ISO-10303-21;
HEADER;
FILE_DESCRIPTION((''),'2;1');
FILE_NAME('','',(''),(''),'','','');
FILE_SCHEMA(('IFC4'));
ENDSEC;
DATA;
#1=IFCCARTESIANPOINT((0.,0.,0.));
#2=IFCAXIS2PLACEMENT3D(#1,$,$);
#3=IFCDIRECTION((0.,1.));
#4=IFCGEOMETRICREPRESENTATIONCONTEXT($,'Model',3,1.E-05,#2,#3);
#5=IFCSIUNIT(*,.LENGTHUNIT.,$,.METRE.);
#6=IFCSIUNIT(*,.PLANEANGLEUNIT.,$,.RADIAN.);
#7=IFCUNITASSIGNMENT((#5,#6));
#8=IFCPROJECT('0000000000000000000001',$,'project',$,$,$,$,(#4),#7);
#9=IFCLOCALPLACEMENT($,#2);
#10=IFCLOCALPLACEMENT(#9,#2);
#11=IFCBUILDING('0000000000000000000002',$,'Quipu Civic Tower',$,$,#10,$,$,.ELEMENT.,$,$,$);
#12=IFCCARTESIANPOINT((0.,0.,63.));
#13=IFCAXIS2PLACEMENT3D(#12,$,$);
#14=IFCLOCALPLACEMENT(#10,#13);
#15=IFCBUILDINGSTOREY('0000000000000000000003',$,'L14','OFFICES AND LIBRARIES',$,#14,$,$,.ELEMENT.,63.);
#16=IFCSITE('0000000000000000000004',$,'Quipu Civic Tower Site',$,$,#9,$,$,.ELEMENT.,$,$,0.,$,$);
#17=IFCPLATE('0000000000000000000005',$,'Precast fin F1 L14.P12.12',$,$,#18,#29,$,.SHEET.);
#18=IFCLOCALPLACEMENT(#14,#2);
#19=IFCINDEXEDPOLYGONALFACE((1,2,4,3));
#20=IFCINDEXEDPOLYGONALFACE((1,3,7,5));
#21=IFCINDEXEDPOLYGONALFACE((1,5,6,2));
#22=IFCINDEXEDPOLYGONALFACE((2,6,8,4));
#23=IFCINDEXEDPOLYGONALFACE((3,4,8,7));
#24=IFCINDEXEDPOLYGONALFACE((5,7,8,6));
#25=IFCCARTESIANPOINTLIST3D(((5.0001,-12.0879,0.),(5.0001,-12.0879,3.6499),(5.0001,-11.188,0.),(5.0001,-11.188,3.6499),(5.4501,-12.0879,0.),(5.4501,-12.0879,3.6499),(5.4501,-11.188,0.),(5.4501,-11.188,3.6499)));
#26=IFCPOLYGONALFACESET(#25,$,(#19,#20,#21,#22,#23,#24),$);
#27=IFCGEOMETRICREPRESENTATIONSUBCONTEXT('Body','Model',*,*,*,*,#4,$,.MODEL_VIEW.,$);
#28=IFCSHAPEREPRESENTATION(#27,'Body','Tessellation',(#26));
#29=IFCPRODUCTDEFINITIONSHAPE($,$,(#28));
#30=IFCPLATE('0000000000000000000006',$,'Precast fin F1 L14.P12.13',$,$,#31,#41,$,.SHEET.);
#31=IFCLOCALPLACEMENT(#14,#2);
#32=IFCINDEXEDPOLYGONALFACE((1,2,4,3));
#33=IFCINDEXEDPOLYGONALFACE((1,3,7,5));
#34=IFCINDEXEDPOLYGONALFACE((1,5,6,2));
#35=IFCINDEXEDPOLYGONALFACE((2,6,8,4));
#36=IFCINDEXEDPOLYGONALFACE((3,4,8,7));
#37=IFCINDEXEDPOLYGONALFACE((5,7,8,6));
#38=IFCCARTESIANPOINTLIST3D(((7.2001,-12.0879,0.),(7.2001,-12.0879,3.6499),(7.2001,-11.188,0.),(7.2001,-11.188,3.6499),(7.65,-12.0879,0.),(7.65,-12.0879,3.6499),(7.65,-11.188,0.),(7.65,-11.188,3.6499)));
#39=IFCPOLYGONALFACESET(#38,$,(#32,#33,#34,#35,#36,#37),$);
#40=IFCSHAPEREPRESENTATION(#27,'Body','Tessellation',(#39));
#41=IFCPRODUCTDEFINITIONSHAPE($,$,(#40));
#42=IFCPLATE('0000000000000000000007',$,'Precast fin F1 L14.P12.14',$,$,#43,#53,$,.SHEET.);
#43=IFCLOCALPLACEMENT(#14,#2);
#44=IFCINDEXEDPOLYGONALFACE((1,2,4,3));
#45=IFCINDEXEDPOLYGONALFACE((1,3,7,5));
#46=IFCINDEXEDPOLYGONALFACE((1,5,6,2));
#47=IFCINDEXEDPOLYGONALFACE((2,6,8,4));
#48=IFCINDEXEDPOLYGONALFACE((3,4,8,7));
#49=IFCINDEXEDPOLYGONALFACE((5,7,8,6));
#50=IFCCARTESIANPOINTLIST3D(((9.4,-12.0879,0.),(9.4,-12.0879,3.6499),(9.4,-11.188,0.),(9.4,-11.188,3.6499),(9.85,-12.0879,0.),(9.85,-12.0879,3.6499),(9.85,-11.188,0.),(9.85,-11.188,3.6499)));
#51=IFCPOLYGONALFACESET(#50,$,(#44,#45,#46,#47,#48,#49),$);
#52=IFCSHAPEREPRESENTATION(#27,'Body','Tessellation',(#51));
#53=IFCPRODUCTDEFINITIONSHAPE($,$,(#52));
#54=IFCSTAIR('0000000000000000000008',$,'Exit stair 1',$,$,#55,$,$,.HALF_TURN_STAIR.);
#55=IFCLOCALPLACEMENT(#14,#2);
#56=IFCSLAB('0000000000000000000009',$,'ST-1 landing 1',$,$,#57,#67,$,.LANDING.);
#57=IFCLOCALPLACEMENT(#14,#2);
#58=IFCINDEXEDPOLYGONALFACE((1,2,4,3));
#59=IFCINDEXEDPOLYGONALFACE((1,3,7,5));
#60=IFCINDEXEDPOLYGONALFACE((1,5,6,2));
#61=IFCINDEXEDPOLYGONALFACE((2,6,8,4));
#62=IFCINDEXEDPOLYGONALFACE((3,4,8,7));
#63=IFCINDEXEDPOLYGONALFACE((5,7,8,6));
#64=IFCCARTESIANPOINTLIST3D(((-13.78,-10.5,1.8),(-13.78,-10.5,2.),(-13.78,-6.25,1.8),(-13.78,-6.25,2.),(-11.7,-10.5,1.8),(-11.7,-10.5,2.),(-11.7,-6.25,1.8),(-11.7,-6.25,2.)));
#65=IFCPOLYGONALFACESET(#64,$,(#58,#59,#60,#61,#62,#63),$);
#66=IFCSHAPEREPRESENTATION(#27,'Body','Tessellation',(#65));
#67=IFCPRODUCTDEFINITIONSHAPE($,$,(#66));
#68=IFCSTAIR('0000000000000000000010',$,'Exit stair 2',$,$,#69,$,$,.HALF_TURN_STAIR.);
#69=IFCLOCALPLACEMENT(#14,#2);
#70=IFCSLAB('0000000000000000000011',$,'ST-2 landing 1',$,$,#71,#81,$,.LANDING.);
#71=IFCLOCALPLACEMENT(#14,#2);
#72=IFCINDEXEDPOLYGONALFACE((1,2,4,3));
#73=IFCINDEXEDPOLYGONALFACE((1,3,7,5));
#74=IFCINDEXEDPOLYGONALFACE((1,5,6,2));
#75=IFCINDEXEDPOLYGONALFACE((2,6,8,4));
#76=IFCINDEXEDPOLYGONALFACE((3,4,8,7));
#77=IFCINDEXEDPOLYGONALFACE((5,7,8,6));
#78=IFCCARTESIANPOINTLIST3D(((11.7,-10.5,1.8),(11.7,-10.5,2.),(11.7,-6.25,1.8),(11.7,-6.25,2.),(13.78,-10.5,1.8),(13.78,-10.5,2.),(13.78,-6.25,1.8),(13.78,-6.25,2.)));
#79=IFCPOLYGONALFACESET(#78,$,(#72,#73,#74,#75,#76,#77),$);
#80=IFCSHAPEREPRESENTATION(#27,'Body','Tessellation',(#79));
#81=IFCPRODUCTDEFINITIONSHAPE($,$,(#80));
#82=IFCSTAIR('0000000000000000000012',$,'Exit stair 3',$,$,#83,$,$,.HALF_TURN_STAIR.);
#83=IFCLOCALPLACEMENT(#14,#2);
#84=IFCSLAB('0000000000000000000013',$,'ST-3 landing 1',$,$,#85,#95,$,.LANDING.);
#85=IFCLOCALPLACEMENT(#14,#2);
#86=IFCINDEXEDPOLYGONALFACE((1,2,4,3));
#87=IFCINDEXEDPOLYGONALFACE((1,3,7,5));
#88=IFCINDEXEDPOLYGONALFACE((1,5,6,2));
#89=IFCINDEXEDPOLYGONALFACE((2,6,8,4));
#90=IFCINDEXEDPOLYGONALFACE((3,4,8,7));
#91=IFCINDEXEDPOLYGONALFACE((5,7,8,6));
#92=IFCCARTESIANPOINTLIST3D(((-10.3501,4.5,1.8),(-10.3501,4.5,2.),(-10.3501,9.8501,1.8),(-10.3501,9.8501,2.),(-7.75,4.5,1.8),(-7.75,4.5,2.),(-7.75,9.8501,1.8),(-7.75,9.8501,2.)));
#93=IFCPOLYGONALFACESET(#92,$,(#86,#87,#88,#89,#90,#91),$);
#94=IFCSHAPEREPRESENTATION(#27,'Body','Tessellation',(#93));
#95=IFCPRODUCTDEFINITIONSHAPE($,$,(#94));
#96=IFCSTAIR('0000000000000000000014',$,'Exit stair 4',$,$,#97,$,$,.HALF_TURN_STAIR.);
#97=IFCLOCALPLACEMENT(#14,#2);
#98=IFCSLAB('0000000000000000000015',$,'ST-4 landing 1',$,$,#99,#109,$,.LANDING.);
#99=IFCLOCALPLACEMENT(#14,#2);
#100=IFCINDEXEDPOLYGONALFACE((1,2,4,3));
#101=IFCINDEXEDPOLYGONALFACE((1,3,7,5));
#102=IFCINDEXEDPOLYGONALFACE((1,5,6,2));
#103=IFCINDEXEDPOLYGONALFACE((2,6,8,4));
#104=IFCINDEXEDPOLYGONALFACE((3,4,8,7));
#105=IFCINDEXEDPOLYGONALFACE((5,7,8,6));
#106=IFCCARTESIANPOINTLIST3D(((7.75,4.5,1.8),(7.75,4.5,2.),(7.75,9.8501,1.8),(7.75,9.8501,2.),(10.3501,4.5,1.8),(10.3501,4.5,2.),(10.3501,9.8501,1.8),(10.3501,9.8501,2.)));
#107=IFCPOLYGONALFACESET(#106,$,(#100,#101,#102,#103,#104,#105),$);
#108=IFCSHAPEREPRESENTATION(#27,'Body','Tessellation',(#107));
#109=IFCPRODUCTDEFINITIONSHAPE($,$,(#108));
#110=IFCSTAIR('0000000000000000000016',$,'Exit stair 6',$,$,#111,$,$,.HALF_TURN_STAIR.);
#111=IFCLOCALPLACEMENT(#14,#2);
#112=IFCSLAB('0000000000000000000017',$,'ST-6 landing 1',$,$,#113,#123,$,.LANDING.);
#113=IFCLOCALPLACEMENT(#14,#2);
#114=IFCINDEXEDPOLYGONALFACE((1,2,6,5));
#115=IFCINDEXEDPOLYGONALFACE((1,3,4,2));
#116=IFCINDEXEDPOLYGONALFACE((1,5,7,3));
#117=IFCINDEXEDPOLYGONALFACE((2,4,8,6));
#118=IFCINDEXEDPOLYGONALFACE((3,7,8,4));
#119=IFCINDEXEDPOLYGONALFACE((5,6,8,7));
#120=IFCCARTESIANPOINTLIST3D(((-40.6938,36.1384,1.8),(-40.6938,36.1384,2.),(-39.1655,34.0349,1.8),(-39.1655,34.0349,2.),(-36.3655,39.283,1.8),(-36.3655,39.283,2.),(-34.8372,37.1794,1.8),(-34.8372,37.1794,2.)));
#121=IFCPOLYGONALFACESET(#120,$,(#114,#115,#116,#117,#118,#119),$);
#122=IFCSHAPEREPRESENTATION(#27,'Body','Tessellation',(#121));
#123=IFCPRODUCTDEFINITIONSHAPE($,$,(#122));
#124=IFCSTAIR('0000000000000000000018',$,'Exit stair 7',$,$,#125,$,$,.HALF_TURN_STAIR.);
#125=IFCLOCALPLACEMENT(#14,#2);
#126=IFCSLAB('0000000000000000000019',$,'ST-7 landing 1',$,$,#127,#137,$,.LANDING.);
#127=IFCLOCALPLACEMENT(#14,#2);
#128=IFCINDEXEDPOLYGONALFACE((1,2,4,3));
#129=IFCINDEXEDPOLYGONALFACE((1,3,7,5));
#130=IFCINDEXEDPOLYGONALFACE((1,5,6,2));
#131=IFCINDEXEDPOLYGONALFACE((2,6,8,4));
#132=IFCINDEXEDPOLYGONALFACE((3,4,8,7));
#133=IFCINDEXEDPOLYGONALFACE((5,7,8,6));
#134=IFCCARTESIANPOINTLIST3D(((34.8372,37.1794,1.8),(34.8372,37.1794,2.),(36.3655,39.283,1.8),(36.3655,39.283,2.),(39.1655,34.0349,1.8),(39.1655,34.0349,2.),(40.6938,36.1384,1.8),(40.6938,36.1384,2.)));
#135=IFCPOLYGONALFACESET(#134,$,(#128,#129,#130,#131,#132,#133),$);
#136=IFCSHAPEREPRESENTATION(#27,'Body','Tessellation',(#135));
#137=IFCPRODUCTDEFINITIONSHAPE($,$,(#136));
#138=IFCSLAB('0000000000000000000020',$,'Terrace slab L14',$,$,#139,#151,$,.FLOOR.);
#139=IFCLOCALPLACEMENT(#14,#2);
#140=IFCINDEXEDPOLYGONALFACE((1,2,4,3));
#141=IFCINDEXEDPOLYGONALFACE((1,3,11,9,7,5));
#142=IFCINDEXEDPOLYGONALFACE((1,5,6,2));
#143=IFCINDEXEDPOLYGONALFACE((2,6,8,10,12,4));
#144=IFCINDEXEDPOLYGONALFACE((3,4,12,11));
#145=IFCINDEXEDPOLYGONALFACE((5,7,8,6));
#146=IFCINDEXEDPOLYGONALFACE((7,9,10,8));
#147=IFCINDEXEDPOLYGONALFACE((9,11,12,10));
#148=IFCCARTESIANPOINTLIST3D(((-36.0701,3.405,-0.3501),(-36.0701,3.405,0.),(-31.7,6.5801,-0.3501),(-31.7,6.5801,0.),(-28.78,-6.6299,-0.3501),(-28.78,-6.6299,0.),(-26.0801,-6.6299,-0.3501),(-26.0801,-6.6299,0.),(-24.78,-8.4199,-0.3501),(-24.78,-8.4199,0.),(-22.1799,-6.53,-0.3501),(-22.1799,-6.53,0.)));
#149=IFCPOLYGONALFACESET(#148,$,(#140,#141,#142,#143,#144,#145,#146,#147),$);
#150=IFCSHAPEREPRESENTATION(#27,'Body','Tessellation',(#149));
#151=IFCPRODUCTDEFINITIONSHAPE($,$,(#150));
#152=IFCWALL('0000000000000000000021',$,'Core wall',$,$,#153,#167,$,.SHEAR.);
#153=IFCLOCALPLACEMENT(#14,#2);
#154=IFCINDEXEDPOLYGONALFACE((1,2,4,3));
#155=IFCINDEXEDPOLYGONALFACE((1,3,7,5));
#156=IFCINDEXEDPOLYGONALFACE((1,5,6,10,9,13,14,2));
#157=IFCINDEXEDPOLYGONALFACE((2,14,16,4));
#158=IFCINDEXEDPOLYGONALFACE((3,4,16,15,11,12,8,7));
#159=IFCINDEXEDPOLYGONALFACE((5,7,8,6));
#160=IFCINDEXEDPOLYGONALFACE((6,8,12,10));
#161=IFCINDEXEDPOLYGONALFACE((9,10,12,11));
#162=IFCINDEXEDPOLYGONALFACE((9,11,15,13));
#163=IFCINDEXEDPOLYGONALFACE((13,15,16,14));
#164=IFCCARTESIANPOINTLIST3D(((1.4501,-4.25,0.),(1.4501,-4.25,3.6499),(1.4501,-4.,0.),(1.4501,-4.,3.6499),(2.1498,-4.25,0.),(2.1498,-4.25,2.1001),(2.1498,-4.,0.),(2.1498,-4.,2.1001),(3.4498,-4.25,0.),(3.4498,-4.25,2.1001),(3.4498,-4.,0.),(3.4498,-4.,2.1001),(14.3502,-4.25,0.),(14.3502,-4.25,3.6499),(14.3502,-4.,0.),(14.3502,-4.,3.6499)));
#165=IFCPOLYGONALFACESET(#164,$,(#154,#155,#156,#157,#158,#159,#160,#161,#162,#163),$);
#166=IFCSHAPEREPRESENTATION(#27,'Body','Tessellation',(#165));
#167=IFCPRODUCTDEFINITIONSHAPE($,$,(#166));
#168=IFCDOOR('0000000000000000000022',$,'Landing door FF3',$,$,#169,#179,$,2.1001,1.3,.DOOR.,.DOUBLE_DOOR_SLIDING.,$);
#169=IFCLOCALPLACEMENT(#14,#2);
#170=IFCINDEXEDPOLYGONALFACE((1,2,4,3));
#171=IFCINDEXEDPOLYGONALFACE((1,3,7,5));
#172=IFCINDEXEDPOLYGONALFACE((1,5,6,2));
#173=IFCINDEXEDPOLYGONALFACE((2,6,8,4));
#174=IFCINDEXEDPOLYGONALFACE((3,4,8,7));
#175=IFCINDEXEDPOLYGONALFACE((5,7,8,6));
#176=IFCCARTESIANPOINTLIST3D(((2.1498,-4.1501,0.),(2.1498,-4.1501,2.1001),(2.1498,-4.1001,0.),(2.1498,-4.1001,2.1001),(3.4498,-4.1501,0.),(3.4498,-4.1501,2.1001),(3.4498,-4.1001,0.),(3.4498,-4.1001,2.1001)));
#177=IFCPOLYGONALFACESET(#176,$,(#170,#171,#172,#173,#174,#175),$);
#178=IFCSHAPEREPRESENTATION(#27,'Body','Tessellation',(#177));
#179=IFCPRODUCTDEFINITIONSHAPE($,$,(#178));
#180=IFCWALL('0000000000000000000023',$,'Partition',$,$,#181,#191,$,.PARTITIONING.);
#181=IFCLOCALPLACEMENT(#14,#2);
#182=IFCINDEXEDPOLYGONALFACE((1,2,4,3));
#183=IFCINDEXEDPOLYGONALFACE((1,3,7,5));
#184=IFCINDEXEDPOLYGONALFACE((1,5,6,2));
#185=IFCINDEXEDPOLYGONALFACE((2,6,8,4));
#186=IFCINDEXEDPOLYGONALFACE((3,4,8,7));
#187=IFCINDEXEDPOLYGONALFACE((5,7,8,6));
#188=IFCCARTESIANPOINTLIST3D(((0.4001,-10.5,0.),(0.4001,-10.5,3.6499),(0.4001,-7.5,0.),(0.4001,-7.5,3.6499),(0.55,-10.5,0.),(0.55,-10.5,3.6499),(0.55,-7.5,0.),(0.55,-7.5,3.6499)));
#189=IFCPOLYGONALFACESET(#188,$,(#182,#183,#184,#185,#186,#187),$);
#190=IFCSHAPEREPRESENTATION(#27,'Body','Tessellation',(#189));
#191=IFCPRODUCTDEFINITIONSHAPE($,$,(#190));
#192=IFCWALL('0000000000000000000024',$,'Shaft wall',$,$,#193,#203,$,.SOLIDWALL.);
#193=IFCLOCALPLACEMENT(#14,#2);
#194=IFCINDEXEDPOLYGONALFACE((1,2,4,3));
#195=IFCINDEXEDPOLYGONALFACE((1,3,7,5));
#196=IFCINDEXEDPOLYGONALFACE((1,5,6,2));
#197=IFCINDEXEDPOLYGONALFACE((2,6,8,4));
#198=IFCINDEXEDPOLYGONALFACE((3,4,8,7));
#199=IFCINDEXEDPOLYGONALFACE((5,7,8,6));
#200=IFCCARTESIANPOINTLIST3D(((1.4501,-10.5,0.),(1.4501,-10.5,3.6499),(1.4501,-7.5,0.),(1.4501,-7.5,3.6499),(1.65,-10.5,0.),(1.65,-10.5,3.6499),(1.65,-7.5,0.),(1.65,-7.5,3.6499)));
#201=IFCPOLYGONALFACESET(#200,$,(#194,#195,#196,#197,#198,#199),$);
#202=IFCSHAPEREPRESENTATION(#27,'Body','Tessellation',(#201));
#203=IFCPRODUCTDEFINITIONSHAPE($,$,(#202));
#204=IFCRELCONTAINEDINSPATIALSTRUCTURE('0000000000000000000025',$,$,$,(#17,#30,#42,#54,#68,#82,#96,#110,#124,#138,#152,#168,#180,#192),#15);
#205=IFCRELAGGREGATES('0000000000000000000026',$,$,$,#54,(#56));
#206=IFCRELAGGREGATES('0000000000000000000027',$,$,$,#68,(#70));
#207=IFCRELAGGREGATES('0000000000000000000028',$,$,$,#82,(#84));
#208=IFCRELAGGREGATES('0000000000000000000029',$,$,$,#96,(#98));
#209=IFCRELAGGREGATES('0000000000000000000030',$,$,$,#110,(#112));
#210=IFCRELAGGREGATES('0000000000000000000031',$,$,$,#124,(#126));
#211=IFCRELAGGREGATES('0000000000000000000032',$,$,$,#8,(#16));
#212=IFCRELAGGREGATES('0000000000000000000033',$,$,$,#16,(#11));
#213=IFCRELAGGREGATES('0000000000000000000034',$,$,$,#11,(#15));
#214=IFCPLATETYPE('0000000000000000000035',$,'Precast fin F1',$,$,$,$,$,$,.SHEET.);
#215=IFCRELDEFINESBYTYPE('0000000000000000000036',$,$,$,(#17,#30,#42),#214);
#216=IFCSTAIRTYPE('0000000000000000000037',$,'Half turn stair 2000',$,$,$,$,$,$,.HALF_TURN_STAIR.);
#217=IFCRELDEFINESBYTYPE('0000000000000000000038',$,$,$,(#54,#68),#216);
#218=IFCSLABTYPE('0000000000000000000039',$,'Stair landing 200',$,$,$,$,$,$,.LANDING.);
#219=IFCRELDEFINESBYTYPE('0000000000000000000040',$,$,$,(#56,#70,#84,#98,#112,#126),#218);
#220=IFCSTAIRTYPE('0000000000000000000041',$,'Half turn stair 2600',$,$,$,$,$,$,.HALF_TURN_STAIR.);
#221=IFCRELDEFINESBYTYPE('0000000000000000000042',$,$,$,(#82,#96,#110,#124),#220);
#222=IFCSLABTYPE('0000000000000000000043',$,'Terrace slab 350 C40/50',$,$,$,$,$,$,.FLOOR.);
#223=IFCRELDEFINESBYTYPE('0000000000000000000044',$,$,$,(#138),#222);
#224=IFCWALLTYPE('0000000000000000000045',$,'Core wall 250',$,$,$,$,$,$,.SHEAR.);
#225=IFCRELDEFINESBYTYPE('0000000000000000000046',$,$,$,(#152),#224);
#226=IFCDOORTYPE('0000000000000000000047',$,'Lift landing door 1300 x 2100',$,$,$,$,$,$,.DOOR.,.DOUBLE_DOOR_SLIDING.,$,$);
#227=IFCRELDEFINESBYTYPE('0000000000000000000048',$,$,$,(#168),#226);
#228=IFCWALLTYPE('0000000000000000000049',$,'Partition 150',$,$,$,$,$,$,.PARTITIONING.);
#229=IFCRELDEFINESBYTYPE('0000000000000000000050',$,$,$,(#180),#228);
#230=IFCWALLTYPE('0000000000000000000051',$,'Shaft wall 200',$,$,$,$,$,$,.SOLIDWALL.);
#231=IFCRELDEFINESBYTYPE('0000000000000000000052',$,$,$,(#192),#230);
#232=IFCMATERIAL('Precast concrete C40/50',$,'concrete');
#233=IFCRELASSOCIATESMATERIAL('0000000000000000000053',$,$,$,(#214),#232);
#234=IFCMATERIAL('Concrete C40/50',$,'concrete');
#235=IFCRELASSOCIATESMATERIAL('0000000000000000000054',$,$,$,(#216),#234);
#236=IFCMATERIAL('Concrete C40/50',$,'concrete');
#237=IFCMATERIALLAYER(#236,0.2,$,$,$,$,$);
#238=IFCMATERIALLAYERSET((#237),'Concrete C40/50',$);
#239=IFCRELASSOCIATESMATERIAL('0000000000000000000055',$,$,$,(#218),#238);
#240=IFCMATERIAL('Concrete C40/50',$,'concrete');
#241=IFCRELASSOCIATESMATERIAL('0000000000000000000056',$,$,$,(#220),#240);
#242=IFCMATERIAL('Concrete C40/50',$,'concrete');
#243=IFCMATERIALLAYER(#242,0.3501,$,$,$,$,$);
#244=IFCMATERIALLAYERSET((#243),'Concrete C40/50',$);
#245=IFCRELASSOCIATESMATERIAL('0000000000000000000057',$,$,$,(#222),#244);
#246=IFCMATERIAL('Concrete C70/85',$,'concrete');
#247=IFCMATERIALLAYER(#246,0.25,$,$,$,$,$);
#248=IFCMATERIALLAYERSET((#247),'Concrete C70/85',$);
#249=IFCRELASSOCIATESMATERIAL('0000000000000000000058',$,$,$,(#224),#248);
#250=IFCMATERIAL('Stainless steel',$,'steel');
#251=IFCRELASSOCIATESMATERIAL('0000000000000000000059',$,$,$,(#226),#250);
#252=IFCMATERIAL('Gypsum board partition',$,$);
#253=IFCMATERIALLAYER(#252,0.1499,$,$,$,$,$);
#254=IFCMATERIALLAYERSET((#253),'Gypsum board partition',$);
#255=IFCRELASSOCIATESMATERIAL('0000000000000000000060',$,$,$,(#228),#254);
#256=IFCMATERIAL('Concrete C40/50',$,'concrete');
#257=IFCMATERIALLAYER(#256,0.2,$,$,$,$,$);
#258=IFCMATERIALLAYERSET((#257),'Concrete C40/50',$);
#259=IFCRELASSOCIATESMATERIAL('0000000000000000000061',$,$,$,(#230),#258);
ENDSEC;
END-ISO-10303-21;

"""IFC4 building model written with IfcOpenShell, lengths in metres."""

from ifc_helpers import new_model, si_unit, direction, frame, frame_2d, origin, origin_2d, place, context, subcontext, project, spatial, polyline, rectangle, outline, extrude, material, layer, layer_set, type_object, element, fill, aggregate, save


model = new_model("IFC4")

# Units and contexts
model_context = context("Model", 3, precision=1e-05, world=origin(), true_north=direction((0.0, 1.0)))
body_context = subcontext(model_context, "Body", "Model", "MODEL_VIEW")
ifc_project = project(units=[si_unit("LENGTHUNIT", "METRE"), si_unit("PLANEANGLEUNIT", "RADIAN")], contexts=[model_context])

# Site, building, storey
site_placement = place(None, origin())
site = spatial("IfcSite", under=ifc_project, at=site_placement, Name="Quipu Civic Tower Site", CompositionType="ELEMENT", RefElevation=0.0)
building_placement = place(site_placement, origin())
building = spatial("IfcBuilding", under=site, at=building_placement, Name="Quipu Civic Tower", CompositionType="ELEMENT")
storey_placement = place(building_placement, frame((0.0, 0.0, 63.0)))
storey = spatial("IfcBuildingStorey", under=building, at=storey_placement, Name="L14", Description="OFFICES AND LIBRARIES", CompositionType="ELEMENT", Elevation=63.0)

# Plates
ifc_material_1 = material(Name="Precast concrete C40/50", Category="concrete")
plate_type = type_object("IfcPlateType", Name="Precast fin F1", PredefinedType="SHEET", material=ifc_material_1)
for number, where, z_axis, x_axis, name in (
    (1, (5.2251, -11.6379, 0.0), (0.0, 0.0, 1.0), (1.0, 0.0, 0.0), "Precast fin F1 L14.P12.12"),
    (2, (7.425, -11.6379, 0.0), (0.0, 0.0, 1.0), (1.0, 0.0, 0.0), "Precast fin F1 L14.P12.13"),
    (3, (9.625, -11.6379, 0.0), (0.0, 0.0, 1.0), (1.0, 0.0, 0.0), "Precast fin F1 L14.P12.14"),
):
    element("IfcPlate", number, at=place(storey_placement, frame(where, z_axis=z_axis, x_axis=x_axis)), inside=storey, type_object=plate_type, Name=name, PredefinedType="SHEET", context=body_context, shape_type="SweptSolid", body=[
        extrude(rectangle(XDim=0.45, YDim=0.8999, at=origin_2d()), origin(), (0.0, 0.0, 1.0), 3.6499),
    ])

# Stairs, slabs
ifc_material_2 = material(Name="Concrete C40/50", Category="concrete")
stair_type_1 = type_object("IfcStairType", Name="Half turn stair 2000", PredefinedType="HALF_TURN_STAIR", material=ifc_material_2)
stair_1_placement = place(storey_placement, origin())
stair_1 = element("IfcStair", 4, at=stair_1_placement, inside=storey, type_object=stair_type_1, Name="Exit stair 1", PredefinedType="HALF_TURN_STAIR")
ifc_material_3 = material(Name="Concrete C40/50", Category="concrete")
ifc_layer_1 = layer(ifc_material_3, 0.2)
ifc_layer_set_1 = layer_set([ifc_layer_1], Name="Concrete C40/50")
slab_type_1 = type_object("IfcSlabType", Name="Stair landing 200", PredefinedType="LANDING", material=ifc_layer_set_1)
slab_1_placement = place(storey_placement, frame((0.0, 0.0, 1.8)))
slab_1 = element("IfcSlab", 5, at=slab_1_placement, type_object=slab_type_1, Name="ST-1 landing 1", PredefinedType="LANDING", context=body_context, shape_type="SweptSolid", body=[
    extrude(outline(polyline([(-13.78, -10.5), (-11.7, -10.5), (-11.7, -6.25), (-13.78, -6.25), (-13.78, -10.5)])), origin(), (0.0, 0.0, 1.0), 0.2),
])
aggregate(stair_1, [slab_1])
stair_2_placement = place(storey_placement, origin())
stair_2 = element("IfcStair", 6, at=stair_2_placement, inside=storey, type_object=stair_type_1, Name="Exit stair 2", PredefinedType="HALF_TURN_STAIR")
slab_2_placement = place(storey_placement, frame((0.0, 0.0, 1.8)))
slab_2 = element("IfcSlab", 7, at=slab_2_placement, type_object=slab_type_1, Name="ST-2 landing 1", PredefinedType="LANDING", context=body_context, shape_type="SweptSolid", body=[
    extrude(outline(polyline([(13.78, -6.25), (11.7, -6.25), (11.7, -10.5), (13.78, -10.5), (13.78, -6.25)])), origin(), (0.0, 0.0, 1.0), 0.2),
])
aggregate(stair_2, [slab_2])
ifc_material_4 = material(Name="Concrete C40/50", Category="concrete")
stair_type_2 = type_object("IfcStairType", Name="Half turn stair 2600", PredefinedType="HALF_TURN_STAIR", material=ifc_material_4)
stair_3_placement = place(storey_placement, origin())
stair_3 = element("IfcStair", 8, at=stair_3_placement, inside=storey, type_object=stair_type_2, Name="Exit stair 3", PredefinedType="HALF_TURN_STAIR")
slab_3_placement = place(storey_placement, frame((0.0, 0.0, 1.8)))
slab_3 = element("IfcSlab", 9, at=slab_3_placement, type_object=slab_type_1, Name="ST-3 landing 1", PredefinedType="LANDING", context=body_context, shape_type="SweptSolid", body=[
    extrude(outline(polyline([(-10.3501, 4.5), (-7.75, 4.5), (-7.75, 9.8501), (-10.3501, 9.8501), (-10.3501, 4.5)])), origin(), (0.0, 0.0, 1.0), 0.2),
])
aggregate(stair_3, [slab_3])
stair_4_placement = place(storey_placement, origin())
stair_4 = element("IfcStair", 10, at=stair_4_placement, inside=storey, type_object=stair_type_2, Name="Exit stair 4", PredefinedType="HALF_TURN_STAIR")
slab_4_placement = place(storey_placement, frame((0.0, 0.0, 1.8)))
slab_4 = element("IfcSlab", 11, at=slab_4_placement, type_object=slab_type_1, Name="ST-4 landing 1", PredefinedType="LANDING", context=body_context, shape_type="SweptSolid", body=[
    extrude(outline(polyline([(10.3501, 9.8501), (7.75, 9.8501), (7.75, 4.5), (10.3501, 4.5), (10.3501, 9.8501)])), origin(), (0.0, 0.0, 1.0), 0.2),
])
aggregate(stair_4, [slab_4])
stair_5_placement = place(storey_placement, origin())
stair_5 = element("IfcStair", 12, at=stair_5_placement, inside=storey, type_object=stair_type_2, Name="Exit stair 6", PredefinedType="HALF_TURN_STAIR")
slab_5_placement = place(storey_placement, frame((0.0, 0.0, 1.8)))
slab_5 = element("IfcSlab", 13, at=slab_5_placement, type_object=slab_type_1, Name="ST-6 landing 1", PredefinedType="LANDING", context=body_context, shape_type="SweptSolid", body=[
    extrude(outline(polyline([(-34.8372, 37.1794), (-36.3655, 39.283), (-40.6938, 36.1384), (-39.1655, 34.0349), (-34.8372, 37.1794)])), origin(), (0.0, 0.0, 1.0), 0.2),
])
aggregate(stair_5, [slab_5])
stair_6_placement = place(storey_placement, origin())
stair_6 = element("IfcStair", 14, at=stair_6_placement, inside=storey, type_object=stair_type_2, Name="Exit stair 7", PredefinedType="HALF_TURN_STAIR")
slab_6_placement = place(storey_placement, frame((0.0, 0.0, 1.8)))
slab_6 = element("IfcSlab", 15, at=slab_6_placement, type_object=slab_type_1, Name="ST-7 landing 1", PredefinedType="LANDING", context=body_context, shape_type="SweptSolid", body=[
    extrude(outline(polyline([(39.1655, 34.0349), (40.6938, 36.1384), (36.3655, 39.283), (34.8372, 37.1794), (39.1655, 34.0349)])), origin(), (0.0, 0.0, 1.0), 0.2),
])
aggregate(stair_6, [slab_6])

# Slab
ifc_material_5 = material(Name="Concrete C40/50", Category="concrete")
ifc_layer_2 = layer(ifc_material_5, 0.3501)
ifc_layer_set_2 = layer_set([ifc_layer_2], Name="Concrete C40/50")
slab_type_2 = type_object("IfcSlabType", Name="Terrace slab 350 C40/50", PredefinedType="FLOOR", material=ifc_layer_set_2)
slab_7_placement = place(storey_placement, frame((0.0, 0.0, -0.3501)))
element("IfcSlab", 16, at=slab_7_placement, inside=storey, type_object=slab_type_2, Name="Terrace slab L14", PredefinedType="FLOOR", context=body_context, shape_type="SweptSolid", body=[
    extrude(outline(polyline([(-28.78, -6.6299), (-36.0701, 3.405), (-31.7, 6.5801), (-22.1799, -6.53), (-24.78, -8.4199), (-26.0801, -6.6299), (-28.78, -6.6299)])), origin(), (0.0, 0.0, 1.0), 0.3501),
])

# Wall, opening, door
ifc_material_6 = material(Name="Concrete C70/85", Category="concrete")
ifc_layer_3 = layer(ifc_material_6, 0.25)
ifc_layer_set_3 = layer_set([ifc_layer_3], Name="Concrete C70/85")
wall_type_1 = type_object("IfcWallType", Name="Core wall 250", PredefinedType="SHEAR", material=ifc_layer_set_3)
wall_1_placement = place(storey_placement, frame((1.45, -4.125, 0.0), z_axis=(0.0, 0.0, 1.0), x_axis=(1.0, 0.0, 0.0)))
wall_1 = element("IfcWall", 17, at=wall_1_placement, inside=storey, type_object=wall_type_1, Name="Core wall", PredefinedType="SHEAR", context=body_context, shape_type="SweptSolid", body=[
    extrude(rectangle(XDim=12.9001, YDim=0.25, at=frame_2d((6.4502, 0.0))), origin(), (0.0, 0.0, 1.0), 3.6499),
])
opening_placement = place(wall_1_placement, frame((0.7, 0.0, 0.0)))
opening = element("IfcOpeningElement", 18, at=opening_placement, cuts=wall_1, PredefinedType="OPENING", context=body_context, shape_type="SweptSolid", body=[
    extrude(rectangle(XDim=1.3, YDim=2.1001, at=frame_2d((0.6499, 1.05))), frame((0.0, 0.135, 0.0), z_axis=(0.0, -1.0, 0.0), x_axis=(1.0, 0.0, 0.0)), (0.0, 0.0, 1.0), 0.27),
])
ifc_material_7 = material(Name="Stainless steel", Category="steel")
door_type = type_object("IfcDoorType", Name="Lift landing door 1300 x 2100", OperationType="DOUBLE_DOOR_SLIDING", PredefinedType="DOOR", material=ifc_material_7)
door_placement = place(opening_placement, origin())
door = element("IfcDoor", 19, at=door_placement, inside=storey, type_object=door_type, Name="Landing door FF3", OperationType="DOUBLE_DOOR_SLIDING", OverallHeight=2.1001, OverallWidth=1.3, PredefinedType="DOOR", context=body_context, shape_type="SweptSolid", body=[
    extrude(rectangle(XDim=1.3, YDim=2.1001, at=frame_2d((0.6499, 1.05))), frame((0.0, 0.0249, 0.0), z_axis=(0.0, -1.0, 0.0), x_axis=(1.0, 0.0, 0.0)), (0.0, 0.0, 1.0), 0.05),
])
fill(opening, door)

# Walls
ifc_material_8 = material(Name="Gypsum board partition")
ifc_layer_4 = layer(ifc_material_8, 0.1499)
ifc_layer_set_4 = layer_set([ifc_layer_4], Name="Gypsum board partition")
wall_type_2 = type_object("IfcWallType", Name="Partition 150", PredefinedType="PARTITIONING", material=ifc_layer_set_4)
wall_2_placement = place(storey_placement, frame((0.4751, -10.5, 0.0), z_axis=(0.0, 0.0, 1.0), x_axis=(0.0, 1.0, 0.0)))
element("IfcWall", 20, at=wall_2_placement, inside=storey, type_object=wall_type_2, Name="Partition", PredefinedType="PARTITIONING", context=body_context, shape_type="SweptSolid", body=[
    extrude(rectangle(XDim=3.0, YDim=0.1499, at=frame_2d((1.5, 0.0))), origin(), (0.0, 0.0, 1.0), 3.6499),
])
ifc_material_9 = material(Name="Concrete C40/50", Category="concrete")
ifc_layer_5 = layer(ifc_material_9, 0.2)
ifc_layer_set_5 = layer_set([ifc_layer_5], Name="Concrete C40/50")
wall_type_3 = type_object("IfcWallType", Name="Shaft wall 200", PredefinedType="SOLIDWALL", material=ifc_layer_set_5)
for number, where, z_axis, x_axis, name in (
    (21, (1.55, -10.5, 0.0), (0.0, 0.0, 1.0), (0.0, 1.0, 0.0), "Shaft wall"),
):
    element("IfcWall", number, at=place(storey_placement, frame(where, z_axis=z_axis, x_axis=x_axis)), inside=storey, type_object=wall_type_3, Name=name, PredefinedType="SOLIDWALL", context=body_context, shape_type="SweptSolid", body=[
        extrude(rectangle(XDim=3.0, YDim=0.2, at=frame_2d((1.5, 0.0))), origin(), (0.0, 0.0, 1.0), 3.6499),
    ])

save(model, "model.ifc")
